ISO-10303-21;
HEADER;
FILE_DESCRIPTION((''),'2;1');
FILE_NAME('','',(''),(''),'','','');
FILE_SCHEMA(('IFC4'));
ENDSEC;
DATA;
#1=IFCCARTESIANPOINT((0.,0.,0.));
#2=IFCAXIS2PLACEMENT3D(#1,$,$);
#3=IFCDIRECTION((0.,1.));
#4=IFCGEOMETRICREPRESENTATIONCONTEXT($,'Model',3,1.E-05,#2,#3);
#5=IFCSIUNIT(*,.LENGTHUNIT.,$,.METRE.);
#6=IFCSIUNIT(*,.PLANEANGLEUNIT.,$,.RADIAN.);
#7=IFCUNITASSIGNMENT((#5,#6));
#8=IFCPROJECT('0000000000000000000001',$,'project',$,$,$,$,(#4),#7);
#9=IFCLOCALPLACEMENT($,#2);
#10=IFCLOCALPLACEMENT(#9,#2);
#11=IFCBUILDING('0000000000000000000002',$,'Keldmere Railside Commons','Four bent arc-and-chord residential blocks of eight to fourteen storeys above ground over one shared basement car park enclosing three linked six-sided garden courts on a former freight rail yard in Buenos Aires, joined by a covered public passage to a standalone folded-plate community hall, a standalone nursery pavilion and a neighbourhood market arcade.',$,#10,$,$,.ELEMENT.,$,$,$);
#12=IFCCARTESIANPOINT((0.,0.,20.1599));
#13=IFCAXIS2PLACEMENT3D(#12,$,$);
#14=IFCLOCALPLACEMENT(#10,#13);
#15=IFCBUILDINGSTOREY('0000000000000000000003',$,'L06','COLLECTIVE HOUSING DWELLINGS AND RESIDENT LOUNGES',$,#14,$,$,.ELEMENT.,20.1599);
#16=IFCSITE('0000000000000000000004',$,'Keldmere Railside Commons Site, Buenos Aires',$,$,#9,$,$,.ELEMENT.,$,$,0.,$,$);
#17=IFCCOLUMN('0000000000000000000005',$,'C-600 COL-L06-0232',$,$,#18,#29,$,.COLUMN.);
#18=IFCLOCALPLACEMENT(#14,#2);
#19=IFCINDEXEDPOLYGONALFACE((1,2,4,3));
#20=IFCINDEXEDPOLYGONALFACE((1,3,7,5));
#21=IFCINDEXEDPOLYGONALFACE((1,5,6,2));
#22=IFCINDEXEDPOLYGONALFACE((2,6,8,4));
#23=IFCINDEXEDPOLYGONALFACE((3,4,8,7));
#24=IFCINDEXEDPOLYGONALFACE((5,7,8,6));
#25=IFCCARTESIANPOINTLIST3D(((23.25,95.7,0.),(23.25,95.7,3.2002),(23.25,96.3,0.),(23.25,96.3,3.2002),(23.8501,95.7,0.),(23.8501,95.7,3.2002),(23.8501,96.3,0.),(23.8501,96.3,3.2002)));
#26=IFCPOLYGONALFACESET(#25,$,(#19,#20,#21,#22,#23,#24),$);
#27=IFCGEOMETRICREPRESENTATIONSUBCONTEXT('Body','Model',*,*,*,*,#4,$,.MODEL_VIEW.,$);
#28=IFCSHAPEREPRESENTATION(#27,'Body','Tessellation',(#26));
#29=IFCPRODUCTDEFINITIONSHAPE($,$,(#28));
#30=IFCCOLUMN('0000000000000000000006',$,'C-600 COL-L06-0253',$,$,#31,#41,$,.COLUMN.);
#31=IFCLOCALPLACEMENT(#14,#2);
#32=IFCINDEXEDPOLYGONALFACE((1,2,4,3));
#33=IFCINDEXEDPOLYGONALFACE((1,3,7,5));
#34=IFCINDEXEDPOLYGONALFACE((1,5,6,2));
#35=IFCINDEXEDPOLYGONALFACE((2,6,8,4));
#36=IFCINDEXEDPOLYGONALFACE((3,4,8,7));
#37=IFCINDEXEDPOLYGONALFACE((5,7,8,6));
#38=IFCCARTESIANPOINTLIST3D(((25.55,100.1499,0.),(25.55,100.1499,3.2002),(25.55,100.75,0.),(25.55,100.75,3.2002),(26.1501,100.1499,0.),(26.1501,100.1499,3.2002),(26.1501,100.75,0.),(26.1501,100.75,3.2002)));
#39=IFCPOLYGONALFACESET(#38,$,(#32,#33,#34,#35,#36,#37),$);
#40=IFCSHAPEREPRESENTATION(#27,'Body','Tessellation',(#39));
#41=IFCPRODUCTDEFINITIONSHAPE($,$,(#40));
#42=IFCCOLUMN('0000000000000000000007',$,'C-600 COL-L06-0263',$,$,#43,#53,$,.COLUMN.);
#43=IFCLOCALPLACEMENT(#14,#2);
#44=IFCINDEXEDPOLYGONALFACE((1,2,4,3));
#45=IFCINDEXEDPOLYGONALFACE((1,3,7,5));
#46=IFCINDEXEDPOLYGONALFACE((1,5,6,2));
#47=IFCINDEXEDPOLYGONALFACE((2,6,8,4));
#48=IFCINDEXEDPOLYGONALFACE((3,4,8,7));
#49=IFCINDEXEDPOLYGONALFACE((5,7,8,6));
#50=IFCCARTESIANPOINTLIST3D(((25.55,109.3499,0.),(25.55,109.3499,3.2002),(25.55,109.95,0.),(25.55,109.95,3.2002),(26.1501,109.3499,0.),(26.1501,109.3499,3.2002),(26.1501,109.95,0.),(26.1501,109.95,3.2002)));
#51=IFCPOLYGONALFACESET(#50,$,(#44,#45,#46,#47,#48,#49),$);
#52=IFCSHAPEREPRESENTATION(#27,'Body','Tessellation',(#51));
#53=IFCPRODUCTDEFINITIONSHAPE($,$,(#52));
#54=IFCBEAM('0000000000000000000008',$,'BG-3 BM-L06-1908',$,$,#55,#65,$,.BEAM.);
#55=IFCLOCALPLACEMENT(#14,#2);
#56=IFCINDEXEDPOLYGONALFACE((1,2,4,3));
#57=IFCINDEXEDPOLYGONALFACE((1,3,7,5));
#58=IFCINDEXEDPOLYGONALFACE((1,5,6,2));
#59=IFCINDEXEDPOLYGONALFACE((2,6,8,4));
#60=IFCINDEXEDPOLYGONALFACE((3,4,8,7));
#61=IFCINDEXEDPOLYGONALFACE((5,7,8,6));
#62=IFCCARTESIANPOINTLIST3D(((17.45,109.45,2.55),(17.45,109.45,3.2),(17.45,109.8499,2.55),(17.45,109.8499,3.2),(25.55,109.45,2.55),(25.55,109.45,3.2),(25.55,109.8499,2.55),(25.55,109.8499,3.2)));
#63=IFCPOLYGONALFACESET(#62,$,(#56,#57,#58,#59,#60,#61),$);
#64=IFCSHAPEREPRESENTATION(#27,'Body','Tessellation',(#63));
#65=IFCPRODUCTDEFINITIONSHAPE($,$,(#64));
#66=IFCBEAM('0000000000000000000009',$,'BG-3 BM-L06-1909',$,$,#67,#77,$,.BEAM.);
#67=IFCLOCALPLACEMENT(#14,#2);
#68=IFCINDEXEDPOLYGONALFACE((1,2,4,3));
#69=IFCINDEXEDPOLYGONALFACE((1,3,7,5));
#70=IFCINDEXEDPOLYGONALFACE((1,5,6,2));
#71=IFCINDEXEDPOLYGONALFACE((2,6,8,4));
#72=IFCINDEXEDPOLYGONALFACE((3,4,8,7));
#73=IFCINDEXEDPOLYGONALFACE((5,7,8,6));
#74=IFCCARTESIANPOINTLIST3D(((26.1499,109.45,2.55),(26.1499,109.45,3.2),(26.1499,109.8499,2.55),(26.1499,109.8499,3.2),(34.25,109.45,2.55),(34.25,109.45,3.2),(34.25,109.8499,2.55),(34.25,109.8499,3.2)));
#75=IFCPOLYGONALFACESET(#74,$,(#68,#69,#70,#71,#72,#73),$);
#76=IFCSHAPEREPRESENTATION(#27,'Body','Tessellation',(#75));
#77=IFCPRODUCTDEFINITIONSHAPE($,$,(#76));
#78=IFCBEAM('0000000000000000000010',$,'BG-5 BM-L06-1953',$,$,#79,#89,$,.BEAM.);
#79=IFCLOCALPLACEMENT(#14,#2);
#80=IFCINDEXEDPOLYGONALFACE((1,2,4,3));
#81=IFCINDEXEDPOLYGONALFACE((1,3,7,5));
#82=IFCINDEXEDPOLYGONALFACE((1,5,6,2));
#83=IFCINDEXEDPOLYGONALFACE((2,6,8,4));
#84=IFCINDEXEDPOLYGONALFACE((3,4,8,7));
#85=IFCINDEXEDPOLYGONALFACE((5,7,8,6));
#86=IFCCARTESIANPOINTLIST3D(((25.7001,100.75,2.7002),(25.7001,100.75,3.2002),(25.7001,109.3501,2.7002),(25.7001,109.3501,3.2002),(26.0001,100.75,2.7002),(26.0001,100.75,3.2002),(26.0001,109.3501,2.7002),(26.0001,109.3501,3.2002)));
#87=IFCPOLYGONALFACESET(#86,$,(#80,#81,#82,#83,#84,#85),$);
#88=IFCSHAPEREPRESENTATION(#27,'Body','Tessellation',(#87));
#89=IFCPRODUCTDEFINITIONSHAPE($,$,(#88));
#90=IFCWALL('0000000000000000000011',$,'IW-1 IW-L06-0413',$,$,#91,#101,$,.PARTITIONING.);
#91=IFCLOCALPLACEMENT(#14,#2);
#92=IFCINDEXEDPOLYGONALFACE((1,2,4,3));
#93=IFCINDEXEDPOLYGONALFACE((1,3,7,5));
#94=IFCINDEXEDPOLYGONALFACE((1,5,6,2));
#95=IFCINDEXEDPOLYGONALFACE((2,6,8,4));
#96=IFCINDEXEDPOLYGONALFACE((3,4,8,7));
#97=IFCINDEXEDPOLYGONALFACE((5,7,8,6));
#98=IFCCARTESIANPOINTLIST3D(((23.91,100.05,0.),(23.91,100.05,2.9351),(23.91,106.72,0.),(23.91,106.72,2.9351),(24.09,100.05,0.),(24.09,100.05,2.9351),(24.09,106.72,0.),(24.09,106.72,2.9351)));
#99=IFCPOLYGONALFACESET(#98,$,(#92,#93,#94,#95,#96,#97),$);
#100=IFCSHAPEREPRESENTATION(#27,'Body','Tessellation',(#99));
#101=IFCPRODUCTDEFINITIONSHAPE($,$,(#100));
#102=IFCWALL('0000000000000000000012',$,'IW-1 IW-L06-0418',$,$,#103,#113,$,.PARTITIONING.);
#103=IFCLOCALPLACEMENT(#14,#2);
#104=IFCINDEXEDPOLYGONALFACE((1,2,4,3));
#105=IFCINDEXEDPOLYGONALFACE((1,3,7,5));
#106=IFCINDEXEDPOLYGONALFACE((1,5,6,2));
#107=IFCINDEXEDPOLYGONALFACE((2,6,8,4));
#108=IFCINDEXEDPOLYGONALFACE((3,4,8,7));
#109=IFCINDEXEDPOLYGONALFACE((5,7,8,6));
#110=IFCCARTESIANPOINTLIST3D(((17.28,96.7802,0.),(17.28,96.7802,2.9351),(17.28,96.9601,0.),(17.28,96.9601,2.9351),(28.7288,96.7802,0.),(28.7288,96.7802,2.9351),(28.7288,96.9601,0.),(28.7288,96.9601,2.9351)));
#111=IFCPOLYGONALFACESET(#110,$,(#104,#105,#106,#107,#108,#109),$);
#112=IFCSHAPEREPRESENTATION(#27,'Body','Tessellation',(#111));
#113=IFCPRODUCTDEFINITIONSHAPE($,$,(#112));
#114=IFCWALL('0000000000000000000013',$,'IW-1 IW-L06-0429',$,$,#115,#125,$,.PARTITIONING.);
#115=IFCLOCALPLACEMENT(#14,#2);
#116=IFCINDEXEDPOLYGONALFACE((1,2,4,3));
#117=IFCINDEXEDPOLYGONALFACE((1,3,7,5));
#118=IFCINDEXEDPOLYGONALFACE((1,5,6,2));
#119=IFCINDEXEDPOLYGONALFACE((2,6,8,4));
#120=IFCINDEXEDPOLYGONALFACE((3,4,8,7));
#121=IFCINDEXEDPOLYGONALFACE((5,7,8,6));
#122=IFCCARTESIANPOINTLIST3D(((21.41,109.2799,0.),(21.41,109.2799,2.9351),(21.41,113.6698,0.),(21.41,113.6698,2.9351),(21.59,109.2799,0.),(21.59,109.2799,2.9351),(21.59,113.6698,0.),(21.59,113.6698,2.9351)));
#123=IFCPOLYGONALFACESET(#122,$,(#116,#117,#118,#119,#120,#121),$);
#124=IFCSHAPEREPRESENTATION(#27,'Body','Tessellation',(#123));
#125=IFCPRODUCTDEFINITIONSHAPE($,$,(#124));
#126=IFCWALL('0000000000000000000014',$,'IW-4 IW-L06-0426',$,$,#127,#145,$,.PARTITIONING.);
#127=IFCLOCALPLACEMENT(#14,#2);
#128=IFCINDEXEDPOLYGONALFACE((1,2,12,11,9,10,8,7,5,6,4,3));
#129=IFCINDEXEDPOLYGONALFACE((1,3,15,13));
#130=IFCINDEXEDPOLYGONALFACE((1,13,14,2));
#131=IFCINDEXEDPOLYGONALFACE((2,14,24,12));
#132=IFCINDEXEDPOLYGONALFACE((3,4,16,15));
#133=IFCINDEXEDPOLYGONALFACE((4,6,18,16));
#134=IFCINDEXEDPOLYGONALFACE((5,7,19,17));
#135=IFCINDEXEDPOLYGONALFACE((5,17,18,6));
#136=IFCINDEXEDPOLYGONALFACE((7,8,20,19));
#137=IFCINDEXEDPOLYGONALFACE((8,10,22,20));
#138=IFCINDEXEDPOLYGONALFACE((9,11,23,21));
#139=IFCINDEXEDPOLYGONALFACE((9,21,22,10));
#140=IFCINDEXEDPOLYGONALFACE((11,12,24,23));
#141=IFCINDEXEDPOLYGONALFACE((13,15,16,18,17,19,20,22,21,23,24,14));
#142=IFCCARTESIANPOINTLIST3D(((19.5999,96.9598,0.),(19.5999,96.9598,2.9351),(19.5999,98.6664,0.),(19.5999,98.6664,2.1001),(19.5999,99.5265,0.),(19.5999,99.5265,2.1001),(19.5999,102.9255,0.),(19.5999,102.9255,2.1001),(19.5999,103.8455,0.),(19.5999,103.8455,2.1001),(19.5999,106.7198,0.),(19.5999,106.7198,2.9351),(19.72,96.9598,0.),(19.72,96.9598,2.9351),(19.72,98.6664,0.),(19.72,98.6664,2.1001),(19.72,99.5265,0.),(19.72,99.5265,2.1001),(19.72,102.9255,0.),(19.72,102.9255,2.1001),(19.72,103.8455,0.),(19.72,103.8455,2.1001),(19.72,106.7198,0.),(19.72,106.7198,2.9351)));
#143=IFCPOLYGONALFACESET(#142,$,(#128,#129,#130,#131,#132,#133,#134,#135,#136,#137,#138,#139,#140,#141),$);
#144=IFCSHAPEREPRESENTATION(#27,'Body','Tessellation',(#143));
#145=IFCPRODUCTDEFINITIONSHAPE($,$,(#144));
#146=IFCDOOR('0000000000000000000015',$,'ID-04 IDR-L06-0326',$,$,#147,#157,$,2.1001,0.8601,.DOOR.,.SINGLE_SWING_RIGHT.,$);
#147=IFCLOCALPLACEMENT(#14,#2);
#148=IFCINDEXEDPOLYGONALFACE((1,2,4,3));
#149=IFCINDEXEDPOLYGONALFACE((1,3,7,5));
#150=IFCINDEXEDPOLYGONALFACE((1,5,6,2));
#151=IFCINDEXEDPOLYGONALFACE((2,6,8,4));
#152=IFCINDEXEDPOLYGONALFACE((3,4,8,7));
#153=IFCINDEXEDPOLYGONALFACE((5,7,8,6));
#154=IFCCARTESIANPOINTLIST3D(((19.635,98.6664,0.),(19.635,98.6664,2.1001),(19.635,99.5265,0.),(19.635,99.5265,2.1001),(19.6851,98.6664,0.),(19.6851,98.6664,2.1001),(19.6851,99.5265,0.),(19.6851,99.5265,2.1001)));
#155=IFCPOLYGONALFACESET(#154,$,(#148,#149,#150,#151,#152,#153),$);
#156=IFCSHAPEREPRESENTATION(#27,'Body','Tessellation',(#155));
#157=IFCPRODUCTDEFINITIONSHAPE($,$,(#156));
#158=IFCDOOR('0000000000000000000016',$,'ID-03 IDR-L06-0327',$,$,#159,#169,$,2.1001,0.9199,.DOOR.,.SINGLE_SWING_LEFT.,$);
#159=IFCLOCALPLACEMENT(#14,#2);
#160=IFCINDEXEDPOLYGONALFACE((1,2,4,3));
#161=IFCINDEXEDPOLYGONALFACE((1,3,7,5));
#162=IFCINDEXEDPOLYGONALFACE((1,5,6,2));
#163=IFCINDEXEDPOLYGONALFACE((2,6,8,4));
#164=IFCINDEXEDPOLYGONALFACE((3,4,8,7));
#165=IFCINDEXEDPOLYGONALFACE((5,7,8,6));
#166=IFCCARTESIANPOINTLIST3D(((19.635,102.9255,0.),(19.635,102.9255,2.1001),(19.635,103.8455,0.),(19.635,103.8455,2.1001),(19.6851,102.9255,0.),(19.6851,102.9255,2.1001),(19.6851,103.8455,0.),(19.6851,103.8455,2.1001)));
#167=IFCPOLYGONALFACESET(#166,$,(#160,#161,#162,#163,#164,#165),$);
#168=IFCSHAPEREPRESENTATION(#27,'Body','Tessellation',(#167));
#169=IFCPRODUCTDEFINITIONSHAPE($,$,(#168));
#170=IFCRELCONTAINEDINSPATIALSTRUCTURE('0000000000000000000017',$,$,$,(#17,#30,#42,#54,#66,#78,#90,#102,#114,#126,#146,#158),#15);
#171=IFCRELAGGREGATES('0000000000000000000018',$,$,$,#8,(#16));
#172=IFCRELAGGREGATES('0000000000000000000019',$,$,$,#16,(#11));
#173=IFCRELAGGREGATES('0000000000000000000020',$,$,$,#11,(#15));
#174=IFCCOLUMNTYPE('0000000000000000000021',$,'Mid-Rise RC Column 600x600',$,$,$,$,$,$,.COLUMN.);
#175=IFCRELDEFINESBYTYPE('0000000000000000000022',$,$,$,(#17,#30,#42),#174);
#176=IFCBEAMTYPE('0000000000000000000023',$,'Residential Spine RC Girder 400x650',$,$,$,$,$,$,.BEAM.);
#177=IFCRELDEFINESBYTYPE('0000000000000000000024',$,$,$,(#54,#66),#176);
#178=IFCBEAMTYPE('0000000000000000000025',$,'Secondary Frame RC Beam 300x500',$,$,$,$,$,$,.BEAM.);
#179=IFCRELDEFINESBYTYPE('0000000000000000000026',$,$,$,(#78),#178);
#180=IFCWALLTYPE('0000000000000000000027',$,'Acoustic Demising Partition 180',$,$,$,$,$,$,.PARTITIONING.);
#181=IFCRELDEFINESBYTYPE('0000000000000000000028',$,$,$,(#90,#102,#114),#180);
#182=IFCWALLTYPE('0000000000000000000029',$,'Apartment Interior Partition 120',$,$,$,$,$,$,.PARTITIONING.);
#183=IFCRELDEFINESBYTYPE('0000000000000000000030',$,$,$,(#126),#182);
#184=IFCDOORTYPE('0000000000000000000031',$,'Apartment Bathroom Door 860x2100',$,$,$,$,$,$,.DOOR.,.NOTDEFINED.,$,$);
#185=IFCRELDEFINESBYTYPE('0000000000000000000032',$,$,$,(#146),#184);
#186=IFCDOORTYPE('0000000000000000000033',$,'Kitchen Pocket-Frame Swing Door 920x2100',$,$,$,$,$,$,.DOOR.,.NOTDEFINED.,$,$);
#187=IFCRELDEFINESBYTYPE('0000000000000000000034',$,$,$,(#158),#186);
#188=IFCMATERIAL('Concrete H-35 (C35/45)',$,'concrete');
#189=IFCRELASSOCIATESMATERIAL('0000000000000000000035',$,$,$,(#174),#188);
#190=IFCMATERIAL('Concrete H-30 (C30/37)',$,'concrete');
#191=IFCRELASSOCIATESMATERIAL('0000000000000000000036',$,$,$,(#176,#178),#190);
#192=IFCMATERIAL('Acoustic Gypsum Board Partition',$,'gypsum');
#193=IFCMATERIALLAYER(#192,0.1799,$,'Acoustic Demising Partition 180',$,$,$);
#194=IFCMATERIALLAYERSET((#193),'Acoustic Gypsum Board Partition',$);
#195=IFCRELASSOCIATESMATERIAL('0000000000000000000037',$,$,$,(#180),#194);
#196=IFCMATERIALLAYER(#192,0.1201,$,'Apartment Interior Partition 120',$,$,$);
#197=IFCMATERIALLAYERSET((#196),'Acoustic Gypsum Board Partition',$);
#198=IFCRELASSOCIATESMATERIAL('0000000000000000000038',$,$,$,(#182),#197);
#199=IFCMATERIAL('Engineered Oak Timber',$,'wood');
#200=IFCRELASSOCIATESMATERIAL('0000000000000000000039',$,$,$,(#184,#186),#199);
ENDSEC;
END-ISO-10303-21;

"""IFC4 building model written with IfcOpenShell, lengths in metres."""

from ifc_helpers import new_model, si_unit, direction, frame, frame_2d, origin, origin_2d, place, context, subcontext, project, spatial, rectangle, extrude, material, layer, layer_set, material_profile, profile_set, type_object, element, fill, save


model = new_model("IFC4")

# Units and contexts
model_context = context("Model", 3, precision=1e-05, world=origin(), true_north=direction((0.0, 1.0)))
body_context = subcontext(model_context, "Body", "Model", "MODEL_VIEW")
ifc_project = project(units=[si_unit("LENGTHUNIT", "METRE"), si_unit("PLANEANGLEUNIT", "RADIAN")], contexts=[model_context])

# Site, building, storey
site_placement = place(None, origin())
site = spatial("IfcSite", under=ifc_project, at=site_placement, Name="Keldmere Railside Commons Site, Buenos Aires", CompositionType="ELEMENT", RefElevation=0.0)
building_placement = place(site_placement, origin())
building = spatial("IfcBuilding", under=site, at=building_placement, Name="Keldmere Railside Commons", Description="Four bent arc-and-chord residential blocks of eight to fourteen storeys above ground over one shared basement car park enclosing three linked six-sided garden courts on a former freight rail yard in Buenos Aires, joined by a covered public passage to a standalone folded-plate community hall, a standalone nursery pavilion and a neighbourhood market arcade.", CompositionType="ELEMENT")
storey_placement = place(building_placement, frame((0.0, 0.0, 20.1599)))
storey = spatial("IfcBuildingStorey", under=building, at=storey_placement, Name="L06", Description="COLLECTIVE HOUSING DWELLINGS AND RESIDENT LOUNGES", CompositionType="ELEMENT", Elevation=20.1599)

# Columns
ifc_material_1 = material(Name="Concrete H-35 (C35/45)", Category="concrete")
ifc_material_profile_1 = material_profile(ifc_material_1, rectangle(XDim=0.6001, YDim=0.6001, at=origin_2d()), Name="RC-600x600")
ifc_profile_set_1 = profile_set([ifc_material_profile_1], Name="Concrete H-35 (C35/45)")
column_type = type_object("IfcColumnType", Name="Mid-Rise RC Column 600x600", PredefinedType="COLUMN", material=ifc_profile_set_1)
for number, where, z_axis, x_axis, name in (
    (1, (23.55, 96.0, 0.0), (0.0, 0.0, 1.0), (1.0, 0.0, 0.0), "C-600 COL-L06-0232"),
    (2, (25.8501, 100.45, 0.0), (0.0, 0.0, 1.0), (1.0, 0.0, 0.0), "C-600 COL-L06-0253"),
    (3, (25.8501, 109.6499, 0.0), (0.0, 0.0, 1.0), (1.0, 0.0, 0.0), "C-600 COL-L06-0263"),
):
    element("IfcColumn", number, at=place(storey_placement, frame(where, z_axis=z_axis, x_axis=x_axis)), inside=storey, type_object=column_type, Name=name, PredefinedType="COLUMN", context=body_context, shape_type="SweptSolid", body=[
        extrude(rectangle(XDim=0.6001, YDim=0.6001, at=origin_2d()), origin(), (0.0, 0.0, 1.0), 3.2002),
    ])

# Beams
ifc_material_2 = material(Name="Concrete H-30 (C30/37)", Category="concrete")
ifc_material_profile_2 = material_profile(ifc_material_2, rectangle(XDim=0.3999, YDim=0.6499, at=origin_2d()), Name="RC-400x650")
ifc_profile_set_2 = profile_set([ifc_material_profile_2], Name="Concrete H-30 (C30/37)")
beam_type_1 = type_object("IfcBeamType", Name="Residential Spine RC Girder 400x650", PredefinedType="BEAM", material=ifc_profile_set_2)
for number, where, z_axis, x_axis, name in (
    (4, (17.45, 109.6499, 2.875), (1.0, 0.0, 0.0), (0.0, 1.0, 0.0), "BG-3 BM-L06-1908"),
    (5, (26.1499, 109.6499, 2.875), (1.0, 0.0, 0.0), (0.0, 1.0, 0.0), "BG-3 BM-L06-1909"),
):
    element("IfcBeam", number, at=place(storey_placement, frame(where, z_axis=z_axis, x_axis=x_axis)), inside=storey, type_object=beam_type_1, Name=name, PredefinedType="BEAM", context=body_context, shape_type="SweptSolid", body=[
        extrude(rectangle(XDim=0.3999, YDim=0.6499, at=origin_2d()), origin(), (0.0, 0.0, 1.0), 8.1001),
    ])
ifc_material_profile_3 = material_profile(ifc_material_2, rectangle(XDim=0.3, YDim=0.5, at=origin_2d()), Name="RC-300x500")
ifc_profile_set_3 = profile_set([ifc_material_profile_3], Name="Concrete H-30 (C30/37)")
beam_type_2 = type_object("IfcBeamType", Name="Secondary Frame RC Beam 300x500", PredefinedType="BEAM", material=ifc_profile_set_3)
beam_placement = place(storey_placement, frame((25.8501, 100.75, 2.9502), z_axis=(0.0, 1.0, 0.0), x_axis=(-1.0, 0.0, 0.0)))
element("IfcBeam", 6, at=beam_placement, inside=storey, type_object=beam_type_2, Name="BG-5 BM-L06-1953", PredefinedType="BEAM", context=body_context, shape_type="SweptSolid", body=[
    extrude(rectangle(XDim=0.3, YDim=0.5, at=origin_2d()), origin(), (0.0, 0.0, 1.0), 8.6001),
])

# Walls
ifc_material_3 = material(Name="Acoustic Gypsum Board Partition", Category="gypsum")
ifc_layer_1 = layer(ifc_material_3, 0.1799, Name="Acoustic Demising Partition 180")
ifc_layer_set_1 = layer_set([ifc_layer_1], Name="Acoustic Gypsum Board Partition")
wall_type_1 = type_object("IfcWallType", Name="Acoustic Demising Partition 180", PredefinedType="PARTITIONING", material=ifc_layer_set_1)
wall_1_placement = place(storey_placement, frame((24.0, 100.05, 0.0), z_axis=(0.0, 0.0, 1.0), x_axis=(0.0, 1.0, 0.0)))
element("IfcWall", 7, at=wall_1_placement, inside=storey, type_object=wall_type_1, Name="IW-1 IW-L06-0413", PredefinedType="PARTITIONING", context=body_context, shape_type="SweptSolid", body=[
    extrude(rectangle(XDim=6.6699, YDim=0.1799, at=frame_2d((3.335, 0.0))), origin(), (0.0, 0.0, 1.0), 2.9351),
])
wall_2_placement = place(storey_placement, frame((17.28, 96.8701, 0.0), z_axis=(0.0, 0.0, 1.0), x_axis=(1.0, 0.0, 0.0)))
element("IfcWall", 8, at=wall_2_placement, inside=storey, type_object=wall_type_1, Name="IW-1 IW-L06-0418", PredefinedType="PARTITIONING", context=body_context, shape_type="SweptSolid", body=[
    extrude(rectangle(XDim=11.4487, YDim=0.1799, at=frame_2d((5.7244, 0.0))), origin(), (0.0, 0.0, 1.0), 2.9351),
])
wall_3_placement = place(storey_placement, frame((21.5, 109.28, 0.0), z_axis=(0.0, 0.0, 1.0), x_axis=(0.0, 1.0, 0.0)))
element("IfcWall", 9, at=wall_3_placement, inside=storey, type_object=wall_type_1, Name="IW-1 IW-L06-0429", PredefinedType="PARTITIONING", context=body_context, shape_type="SweptSolid", body=[
    extrude(rectangle(XDim=4.3899, YDim=0.1799, at=frame_2d((2.1948, 0.0))), origin(), (0.0, 0.0, 1.0), 2.9351),
])

# Wall, openings, doors
ifc_layer_2 = layer(ifc_material_3, 0.1201, Name="Apartment Interior Partition 120")
ifc_layer_set_2 = layer_set([ifc_layer_2], Name="Acoustic Gypsum Board Partition")
wall_type_2 = type_object("IfcWallType", Name="Apartment Interior Partition 120", PredefinedType="PARTITIONING", material=ifc_layer_set_2)
wall_4_placement = place(storey_placement, frame((19.6599, 96.96, 0.0), z_axis=(0.0, 0.0, 1.0), x_axis=(0.0, 1.0, 0.0)))
wall_4 = element("IfcWall", 10, at=wall_4_placement, inside=storey, type_object=wall_type_2, Name="IW-4 IW-L06-0426", PredefinedType="PARTITIONING", context=body_context, shape_type="SweptSolid", body=[
    extrude(rectangle(XDim=9.76, YDim=0.1201, at=frame_2d((4.8799, 0.0))), origin(), (0.0, 0.0, 1.0), 2.9351),
])
opening_1_placement = place(wall_4_placement, frame((1.7063, 0.0, 0.0)))
opening_1 = element("IfcOpeningElement", 11, at=opening_1_placement, cuts=wall_4, PredefinedType="OPENING", context=body_context, shape_type="SweptSolid", body=[
    extrude(rectangle(XDim=0.8601, YDim=2.1001, at=frame_2d((0.4302, 1.05))), frame((0.0, 0.0701, 0.0), z_axis=(0.0, -1.0, 0.0), x_axis=(1.0, 0.0, 0.0)), (0.0, 0.0, 1.0), 0.1401),
])
opening_2_placement = place(wall_4_placement, frame((5.9656, 0.0, 0.0)))
opening_2 = element("IfcOpeningElement", 12, at=opening_2_placement, cuts=wall_4, PredefinedType="OPENING", context=body_context, shape_type="SweptSolid", body=[
    extrude(rectangle(XDim=0.9199, YDim=2.1001, at=frame_2d((0.46, 1.05))), frame((0.0, 0.0701, 0.0), z_axis=(0.0, -1.0, 0.0), x_axis=(1.0, 0.0, 0.0)), (0.0, 0.0, 1.0), 0.1401),
])
ifc_material_4 = material(Name="Engineered Oak Timber", Category="wood")
door_type_1 = type_object("IfcDoorType", Name="Apartment Bathroom Door 860x2100", OperationType="NOTDEFINED", PredefinedType="DOOR", material=ifc_material_4)
door_1_placement = place(opening_1_placement, origin())
door_1 = element("IfcDoor", 13, at=door_1_placement, inside=storey, type_object=door_type_1, Name="ID-04 IDR-L06-0326", OperationType="SINGLE_SWING_RIGHT", OverallHeight=2.1001, OverallWidth=0.8601, PredefinedType="DOOR", context=body_context, shape_type="SweptSolid", body=[
    extrude(rectangle(XDim=0.8601, YDim=2.1001, at=frame_2d((0.4302, 1.05))), frame((0.0, 0.0249, 0.0), z_axis=(0.0, -1.0, 0.0), x_axis=(1.0, 0.0, 0.0)), (0.0, 0.0, 1.0), 0.05),
])
fill(opening_1, door_1)
door_type_2 = type_object("IfcDoorType", Name="Kitchen Pocket-Frame Swing Door 920x2100", OperationType="NOTDEFINED", PredefinedType="DOOR", material=ifc_material_4)
door_2_placement = place(opening_2_placement, origin())
door_2 = element("IfcDoor", 14, at=door_2_placement, inside=storey, type_object=door_type_2, Name="ID-03 IDR-L06-0327", OperationType="SINGLE_SWING_LEFT", OverallHeight=2.1001, OverallWidth=0.9199, PredefinedType="DOOR", context=body_context, shape_type="SweptSolid", body=[
    extrude(rectangle(XDim=0.9199, YDim=2.1001, at=frame_2d((0.46, 1.05))), frame((0.0, 0.0249, 0.0), z_axis=(0.0, -1.0, 0.0), x_axis=(1.0, 0.0, 0.0)), (0.0, 0.0, 1.0), 0.05),
])
fill(opening_2, door_2)

save(model, "model.ifc")
